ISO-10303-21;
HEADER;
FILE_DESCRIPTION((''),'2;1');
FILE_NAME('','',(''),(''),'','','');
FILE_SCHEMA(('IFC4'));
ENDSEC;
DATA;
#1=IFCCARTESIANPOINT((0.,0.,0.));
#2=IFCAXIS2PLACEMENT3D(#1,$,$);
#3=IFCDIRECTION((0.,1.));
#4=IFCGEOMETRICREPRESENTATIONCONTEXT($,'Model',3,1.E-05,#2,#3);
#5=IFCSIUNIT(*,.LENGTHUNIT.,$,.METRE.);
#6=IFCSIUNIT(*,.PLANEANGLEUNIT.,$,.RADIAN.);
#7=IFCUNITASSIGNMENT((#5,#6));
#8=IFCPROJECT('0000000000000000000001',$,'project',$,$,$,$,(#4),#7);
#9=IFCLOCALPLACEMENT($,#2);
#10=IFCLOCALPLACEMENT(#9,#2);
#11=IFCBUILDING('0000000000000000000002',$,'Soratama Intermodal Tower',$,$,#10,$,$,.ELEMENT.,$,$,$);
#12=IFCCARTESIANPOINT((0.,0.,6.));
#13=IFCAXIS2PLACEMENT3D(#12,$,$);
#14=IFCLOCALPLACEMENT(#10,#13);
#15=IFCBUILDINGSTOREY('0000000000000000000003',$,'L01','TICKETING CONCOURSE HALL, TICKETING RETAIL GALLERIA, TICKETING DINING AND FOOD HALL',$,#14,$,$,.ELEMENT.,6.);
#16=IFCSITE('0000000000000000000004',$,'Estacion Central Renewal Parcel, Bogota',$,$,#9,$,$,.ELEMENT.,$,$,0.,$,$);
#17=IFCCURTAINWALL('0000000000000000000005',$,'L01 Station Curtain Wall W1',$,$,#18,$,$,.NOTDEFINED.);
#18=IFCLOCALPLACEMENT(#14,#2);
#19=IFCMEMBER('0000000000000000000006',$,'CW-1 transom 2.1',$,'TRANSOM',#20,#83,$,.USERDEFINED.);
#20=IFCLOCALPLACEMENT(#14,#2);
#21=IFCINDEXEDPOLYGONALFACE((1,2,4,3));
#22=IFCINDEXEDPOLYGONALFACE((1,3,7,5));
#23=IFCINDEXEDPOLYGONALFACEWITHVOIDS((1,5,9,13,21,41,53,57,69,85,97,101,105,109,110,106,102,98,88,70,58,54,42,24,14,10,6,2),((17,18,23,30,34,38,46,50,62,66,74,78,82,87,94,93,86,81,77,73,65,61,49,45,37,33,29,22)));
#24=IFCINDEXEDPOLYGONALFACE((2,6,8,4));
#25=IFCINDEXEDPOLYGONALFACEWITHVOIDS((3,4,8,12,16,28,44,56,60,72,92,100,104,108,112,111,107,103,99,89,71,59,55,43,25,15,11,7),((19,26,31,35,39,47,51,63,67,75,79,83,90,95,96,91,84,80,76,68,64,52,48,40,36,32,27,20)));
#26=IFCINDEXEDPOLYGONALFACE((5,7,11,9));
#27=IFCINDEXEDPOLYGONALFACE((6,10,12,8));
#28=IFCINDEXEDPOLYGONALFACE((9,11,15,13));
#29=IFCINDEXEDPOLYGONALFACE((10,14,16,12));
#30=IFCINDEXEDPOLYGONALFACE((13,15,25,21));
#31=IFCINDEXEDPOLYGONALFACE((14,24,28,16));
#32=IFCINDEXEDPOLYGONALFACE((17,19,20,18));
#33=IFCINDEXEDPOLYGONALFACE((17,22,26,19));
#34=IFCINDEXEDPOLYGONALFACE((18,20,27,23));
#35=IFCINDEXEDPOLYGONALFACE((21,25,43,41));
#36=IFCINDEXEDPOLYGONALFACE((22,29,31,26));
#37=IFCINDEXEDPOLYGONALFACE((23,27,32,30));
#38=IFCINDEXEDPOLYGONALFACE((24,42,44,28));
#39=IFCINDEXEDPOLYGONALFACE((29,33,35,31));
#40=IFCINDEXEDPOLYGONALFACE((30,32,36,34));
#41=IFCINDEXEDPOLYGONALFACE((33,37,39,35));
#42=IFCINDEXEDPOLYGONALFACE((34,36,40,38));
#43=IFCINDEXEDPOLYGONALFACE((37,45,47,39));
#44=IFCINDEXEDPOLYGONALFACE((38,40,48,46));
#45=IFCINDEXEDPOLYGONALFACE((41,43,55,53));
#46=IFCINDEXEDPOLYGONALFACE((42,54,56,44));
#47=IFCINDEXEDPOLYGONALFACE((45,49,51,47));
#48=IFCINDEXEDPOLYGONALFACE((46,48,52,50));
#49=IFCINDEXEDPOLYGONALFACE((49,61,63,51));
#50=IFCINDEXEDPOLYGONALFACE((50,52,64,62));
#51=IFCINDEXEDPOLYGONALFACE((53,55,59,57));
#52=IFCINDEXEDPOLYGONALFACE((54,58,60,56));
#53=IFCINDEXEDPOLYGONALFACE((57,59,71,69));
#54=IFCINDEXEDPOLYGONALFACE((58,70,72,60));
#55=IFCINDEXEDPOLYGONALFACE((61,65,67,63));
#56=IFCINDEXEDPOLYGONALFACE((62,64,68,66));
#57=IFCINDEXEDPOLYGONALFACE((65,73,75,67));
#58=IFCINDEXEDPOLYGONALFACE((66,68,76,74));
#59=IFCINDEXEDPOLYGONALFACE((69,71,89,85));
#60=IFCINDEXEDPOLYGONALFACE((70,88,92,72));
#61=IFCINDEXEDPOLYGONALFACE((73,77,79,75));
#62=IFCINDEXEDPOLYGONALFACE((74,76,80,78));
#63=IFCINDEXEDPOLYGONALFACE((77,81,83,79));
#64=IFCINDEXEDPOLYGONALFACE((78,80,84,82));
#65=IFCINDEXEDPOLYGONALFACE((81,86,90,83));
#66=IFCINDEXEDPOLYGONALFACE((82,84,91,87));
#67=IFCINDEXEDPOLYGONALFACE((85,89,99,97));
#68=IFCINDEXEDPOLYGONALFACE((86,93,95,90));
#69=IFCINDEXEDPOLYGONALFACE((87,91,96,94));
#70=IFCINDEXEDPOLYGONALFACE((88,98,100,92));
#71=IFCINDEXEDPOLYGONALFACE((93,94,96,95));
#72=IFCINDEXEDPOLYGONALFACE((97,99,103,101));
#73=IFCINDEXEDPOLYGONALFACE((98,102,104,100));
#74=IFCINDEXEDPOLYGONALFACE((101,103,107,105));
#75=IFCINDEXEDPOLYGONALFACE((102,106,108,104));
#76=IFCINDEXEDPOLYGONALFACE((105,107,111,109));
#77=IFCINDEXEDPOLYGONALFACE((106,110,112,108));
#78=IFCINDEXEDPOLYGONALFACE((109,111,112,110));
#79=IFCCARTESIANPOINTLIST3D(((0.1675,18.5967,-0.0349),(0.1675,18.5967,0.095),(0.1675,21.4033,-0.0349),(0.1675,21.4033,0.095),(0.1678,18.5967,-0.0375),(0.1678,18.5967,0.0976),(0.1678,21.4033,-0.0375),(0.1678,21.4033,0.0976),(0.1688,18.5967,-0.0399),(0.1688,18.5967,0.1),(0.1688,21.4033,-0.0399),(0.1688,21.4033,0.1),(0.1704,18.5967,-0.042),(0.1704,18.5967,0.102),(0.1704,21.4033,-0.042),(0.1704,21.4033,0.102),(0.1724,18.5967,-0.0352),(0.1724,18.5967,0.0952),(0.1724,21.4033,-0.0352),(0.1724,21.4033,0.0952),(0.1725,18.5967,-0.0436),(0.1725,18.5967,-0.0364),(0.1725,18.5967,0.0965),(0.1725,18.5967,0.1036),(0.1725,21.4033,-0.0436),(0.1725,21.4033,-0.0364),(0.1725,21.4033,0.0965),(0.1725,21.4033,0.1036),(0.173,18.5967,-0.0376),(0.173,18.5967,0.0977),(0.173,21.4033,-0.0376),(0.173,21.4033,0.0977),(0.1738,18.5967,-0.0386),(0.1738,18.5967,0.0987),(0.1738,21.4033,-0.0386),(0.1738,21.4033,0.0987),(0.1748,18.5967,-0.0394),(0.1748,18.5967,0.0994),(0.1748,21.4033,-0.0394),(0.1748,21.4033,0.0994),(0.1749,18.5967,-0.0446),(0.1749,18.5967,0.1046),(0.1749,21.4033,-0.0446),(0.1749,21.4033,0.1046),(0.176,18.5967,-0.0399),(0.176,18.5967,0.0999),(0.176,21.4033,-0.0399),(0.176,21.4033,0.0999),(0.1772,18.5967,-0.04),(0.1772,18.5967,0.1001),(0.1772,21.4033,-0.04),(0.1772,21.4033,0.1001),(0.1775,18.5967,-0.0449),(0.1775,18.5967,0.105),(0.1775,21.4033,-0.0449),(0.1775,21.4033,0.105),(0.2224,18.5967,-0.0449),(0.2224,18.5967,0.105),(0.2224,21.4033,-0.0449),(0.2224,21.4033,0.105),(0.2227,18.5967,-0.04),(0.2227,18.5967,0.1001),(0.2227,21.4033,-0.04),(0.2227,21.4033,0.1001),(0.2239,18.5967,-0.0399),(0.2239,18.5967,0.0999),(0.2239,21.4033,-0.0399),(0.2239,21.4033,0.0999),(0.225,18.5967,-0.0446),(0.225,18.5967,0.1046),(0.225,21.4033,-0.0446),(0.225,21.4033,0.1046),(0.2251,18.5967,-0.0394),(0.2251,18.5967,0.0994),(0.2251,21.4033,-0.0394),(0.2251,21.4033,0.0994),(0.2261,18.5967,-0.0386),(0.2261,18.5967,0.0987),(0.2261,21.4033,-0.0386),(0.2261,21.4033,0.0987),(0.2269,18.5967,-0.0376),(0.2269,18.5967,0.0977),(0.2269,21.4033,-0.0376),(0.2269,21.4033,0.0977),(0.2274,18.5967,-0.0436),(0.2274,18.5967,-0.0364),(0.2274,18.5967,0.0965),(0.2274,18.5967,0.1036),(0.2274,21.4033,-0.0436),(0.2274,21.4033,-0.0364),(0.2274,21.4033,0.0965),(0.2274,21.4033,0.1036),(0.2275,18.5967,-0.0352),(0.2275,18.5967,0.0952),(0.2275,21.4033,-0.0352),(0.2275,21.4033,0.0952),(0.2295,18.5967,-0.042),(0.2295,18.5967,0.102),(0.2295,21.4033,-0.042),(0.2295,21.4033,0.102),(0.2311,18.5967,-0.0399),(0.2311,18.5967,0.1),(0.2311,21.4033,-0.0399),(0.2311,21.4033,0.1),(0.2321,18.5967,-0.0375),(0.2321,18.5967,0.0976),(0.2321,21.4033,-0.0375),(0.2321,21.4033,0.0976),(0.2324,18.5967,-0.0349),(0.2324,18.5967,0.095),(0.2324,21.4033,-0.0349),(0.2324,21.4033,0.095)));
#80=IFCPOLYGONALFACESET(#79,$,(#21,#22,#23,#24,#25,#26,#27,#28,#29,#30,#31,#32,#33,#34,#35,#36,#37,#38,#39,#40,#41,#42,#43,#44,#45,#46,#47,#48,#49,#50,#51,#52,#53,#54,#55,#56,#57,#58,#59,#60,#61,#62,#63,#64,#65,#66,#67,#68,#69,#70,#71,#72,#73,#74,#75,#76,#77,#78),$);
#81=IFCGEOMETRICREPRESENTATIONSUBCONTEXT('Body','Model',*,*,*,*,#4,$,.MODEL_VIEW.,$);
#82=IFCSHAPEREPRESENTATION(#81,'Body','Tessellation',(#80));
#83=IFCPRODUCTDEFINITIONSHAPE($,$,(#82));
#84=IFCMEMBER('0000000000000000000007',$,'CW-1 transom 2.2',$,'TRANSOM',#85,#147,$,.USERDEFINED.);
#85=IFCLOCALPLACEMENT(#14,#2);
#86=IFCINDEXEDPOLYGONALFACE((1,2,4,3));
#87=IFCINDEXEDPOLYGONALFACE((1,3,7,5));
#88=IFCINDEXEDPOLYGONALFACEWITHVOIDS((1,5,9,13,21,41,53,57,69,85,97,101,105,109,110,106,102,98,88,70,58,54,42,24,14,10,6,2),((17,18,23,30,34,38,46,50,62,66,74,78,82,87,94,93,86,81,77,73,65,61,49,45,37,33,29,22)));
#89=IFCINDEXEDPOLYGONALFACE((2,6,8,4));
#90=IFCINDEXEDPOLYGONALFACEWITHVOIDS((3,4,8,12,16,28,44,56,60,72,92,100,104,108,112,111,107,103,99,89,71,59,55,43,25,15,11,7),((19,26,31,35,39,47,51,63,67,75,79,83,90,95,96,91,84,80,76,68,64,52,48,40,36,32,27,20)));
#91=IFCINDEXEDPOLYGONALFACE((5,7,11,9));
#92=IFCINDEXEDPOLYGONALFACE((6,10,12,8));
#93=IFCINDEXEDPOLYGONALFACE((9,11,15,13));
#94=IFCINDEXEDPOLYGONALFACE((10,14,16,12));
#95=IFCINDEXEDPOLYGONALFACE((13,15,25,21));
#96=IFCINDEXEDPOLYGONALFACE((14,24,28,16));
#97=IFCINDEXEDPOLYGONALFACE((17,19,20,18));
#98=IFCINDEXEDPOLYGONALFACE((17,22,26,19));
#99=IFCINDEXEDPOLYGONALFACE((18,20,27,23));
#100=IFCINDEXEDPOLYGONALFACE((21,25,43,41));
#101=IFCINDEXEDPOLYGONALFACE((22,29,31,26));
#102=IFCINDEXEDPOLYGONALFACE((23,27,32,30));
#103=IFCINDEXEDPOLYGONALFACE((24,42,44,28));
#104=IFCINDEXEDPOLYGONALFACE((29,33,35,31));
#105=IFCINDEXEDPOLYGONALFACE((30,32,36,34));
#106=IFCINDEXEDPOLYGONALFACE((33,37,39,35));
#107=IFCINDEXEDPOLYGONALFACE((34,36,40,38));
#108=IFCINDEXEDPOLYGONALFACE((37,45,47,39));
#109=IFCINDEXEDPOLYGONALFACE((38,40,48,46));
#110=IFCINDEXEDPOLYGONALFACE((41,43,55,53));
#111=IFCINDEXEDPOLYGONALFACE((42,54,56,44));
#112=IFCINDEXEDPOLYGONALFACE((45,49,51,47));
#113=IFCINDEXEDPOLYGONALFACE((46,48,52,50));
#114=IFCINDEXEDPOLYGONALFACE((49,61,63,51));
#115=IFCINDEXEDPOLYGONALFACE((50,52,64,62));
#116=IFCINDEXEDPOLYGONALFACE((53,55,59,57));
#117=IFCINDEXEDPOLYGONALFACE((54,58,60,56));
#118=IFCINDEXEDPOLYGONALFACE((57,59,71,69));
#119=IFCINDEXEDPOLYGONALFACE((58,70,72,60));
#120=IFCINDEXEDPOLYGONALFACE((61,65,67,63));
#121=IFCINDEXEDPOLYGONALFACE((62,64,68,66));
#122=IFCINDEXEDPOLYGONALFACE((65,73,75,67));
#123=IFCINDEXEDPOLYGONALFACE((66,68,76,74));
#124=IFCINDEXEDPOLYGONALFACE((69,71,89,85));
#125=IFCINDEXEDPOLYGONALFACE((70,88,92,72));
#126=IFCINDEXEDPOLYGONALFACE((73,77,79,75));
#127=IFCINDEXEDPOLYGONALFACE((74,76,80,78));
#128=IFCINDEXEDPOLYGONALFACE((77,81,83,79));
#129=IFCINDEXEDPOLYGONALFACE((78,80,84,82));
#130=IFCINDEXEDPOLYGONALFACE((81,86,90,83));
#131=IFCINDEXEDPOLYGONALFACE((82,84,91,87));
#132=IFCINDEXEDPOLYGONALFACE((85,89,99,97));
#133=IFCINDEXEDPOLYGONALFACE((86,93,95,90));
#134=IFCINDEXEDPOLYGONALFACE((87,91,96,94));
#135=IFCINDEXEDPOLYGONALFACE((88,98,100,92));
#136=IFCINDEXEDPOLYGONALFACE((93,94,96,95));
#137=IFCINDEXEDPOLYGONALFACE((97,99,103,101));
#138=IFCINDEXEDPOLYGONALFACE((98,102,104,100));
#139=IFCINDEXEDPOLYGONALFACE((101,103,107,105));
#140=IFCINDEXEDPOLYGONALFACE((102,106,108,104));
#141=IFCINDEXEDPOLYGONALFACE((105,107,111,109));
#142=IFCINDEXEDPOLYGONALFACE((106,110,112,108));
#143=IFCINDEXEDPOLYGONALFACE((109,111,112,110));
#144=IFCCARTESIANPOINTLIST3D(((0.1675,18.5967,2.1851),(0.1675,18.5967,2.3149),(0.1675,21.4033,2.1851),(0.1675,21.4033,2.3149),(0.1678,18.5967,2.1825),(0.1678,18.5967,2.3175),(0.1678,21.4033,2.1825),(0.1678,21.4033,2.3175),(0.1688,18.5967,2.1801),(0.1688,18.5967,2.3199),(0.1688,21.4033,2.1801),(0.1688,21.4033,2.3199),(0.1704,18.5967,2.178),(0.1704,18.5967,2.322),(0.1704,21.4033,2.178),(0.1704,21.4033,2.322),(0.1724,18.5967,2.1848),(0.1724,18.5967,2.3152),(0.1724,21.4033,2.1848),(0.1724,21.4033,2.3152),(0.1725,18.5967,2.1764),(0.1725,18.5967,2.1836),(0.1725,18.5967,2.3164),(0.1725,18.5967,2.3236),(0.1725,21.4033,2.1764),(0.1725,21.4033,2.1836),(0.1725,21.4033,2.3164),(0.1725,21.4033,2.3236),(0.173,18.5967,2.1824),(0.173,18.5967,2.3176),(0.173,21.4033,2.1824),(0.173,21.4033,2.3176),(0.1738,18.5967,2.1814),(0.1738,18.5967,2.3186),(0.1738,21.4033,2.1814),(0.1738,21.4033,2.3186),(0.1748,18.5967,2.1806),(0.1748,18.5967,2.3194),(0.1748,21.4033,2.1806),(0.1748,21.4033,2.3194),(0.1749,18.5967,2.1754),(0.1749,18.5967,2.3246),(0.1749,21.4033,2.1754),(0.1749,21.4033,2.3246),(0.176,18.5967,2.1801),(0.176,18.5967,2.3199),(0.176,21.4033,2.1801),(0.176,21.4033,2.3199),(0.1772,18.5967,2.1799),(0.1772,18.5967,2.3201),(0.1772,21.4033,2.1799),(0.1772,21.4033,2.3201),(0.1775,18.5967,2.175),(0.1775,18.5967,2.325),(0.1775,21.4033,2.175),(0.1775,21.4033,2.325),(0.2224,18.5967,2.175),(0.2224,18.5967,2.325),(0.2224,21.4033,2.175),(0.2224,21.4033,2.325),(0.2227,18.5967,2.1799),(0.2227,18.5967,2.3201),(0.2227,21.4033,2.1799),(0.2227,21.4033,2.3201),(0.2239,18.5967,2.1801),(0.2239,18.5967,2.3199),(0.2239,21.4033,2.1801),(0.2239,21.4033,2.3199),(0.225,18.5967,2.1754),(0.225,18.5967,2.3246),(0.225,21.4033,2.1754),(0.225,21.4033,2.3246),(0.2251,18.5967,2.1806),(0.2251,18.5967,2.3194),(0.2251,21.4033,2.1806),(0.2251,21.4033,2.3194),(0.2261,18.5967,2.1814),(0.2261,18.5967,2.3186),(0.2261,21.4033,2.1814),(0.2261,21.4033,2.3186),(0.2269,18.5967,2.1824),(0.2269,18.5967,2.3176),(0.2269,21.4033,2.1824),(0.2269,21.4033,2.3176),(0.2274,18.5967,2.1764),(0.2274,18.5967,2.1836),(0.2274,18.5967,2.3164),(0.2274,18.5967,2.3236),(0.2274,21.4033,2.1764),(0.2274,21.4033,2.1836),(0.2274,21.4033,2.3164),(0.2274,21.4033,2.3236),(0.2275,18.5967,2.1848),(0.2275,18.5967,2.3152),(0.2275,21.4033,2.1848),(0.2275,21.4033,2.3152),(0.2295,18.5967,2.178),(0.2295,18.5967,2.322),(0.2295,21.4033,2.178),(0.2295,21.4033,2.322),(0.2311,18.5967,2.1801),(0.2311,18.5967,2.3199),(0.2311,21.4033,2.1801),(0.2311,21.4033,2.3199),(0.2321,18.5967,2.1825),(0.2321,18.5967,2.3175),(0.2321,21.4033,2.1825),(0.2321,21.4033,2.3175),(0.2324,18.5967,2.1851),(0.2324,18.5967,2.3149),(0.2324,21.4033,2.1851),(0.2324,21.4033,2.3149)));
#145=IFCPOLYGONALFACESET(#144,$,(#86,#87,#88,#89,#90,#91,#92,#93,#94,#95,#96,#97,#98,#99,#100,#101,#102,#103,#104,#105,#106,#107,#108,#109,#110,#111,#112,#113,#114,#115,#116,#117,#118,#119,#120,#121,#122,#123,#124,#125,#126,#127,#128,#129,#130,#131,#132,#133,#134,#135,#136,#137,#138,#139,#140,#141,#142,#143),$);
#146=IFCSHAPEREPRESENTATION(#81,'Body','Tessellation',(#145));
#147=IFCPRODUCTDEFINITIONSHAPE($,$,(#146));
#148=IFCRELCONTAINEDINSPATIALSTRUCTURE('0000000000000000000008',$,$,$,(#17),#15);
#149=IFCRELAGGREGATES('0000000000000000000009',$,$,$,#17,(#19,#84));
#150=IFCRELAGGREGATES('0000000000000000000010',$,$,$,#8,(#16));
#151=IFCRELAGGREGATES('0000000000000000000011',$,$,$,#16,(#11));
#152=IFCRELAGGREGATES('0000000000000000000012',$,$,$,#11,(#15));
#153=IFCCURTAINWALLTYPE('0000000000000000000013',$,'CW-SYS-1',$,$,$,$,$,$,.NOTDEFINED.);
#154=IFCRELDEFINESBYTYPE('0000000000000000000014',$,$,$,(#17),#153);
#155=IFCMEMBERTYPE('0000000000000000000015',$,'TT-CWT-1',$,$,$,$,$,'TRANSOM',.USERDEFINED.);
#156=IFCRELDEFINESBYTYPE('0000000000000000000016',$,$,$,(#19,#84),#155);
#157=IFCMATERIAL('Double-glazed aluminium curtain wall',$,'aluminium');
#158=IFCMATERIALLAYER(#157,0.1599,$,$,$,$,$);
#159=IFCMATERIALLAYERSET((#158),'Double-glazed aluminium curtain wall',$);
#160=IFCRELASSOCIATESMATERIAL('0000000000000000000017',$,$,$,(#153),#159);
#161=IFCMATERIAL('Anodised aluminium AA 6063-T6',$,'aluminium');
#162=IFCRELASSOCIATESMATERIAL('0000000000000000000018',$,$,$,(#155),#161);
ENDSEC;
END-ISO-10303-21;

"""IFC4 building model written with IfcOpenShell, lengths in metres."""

from ifc_helpers import new_model, si_unit, direction, frame, origin, origin_2d, place, context, subcontext, project, spatial, hollow_rectangle, extrude, material, layer, layer_set, material_profile, profile_set, type_object, element, aggregate, save


model = new_model("IFC4")

# Units and contexts
model_context = context("Model", 3, precision=1e-05, world=origin(), true_north=direction((0.0, 1.0)))
body_context = subcontext(model_context, "Body", "Model", "MODEL_VIEW")
ifc_project = project(units=[si_unit("LENGTHUNIT", "METRE"), si_unit("PLANEANGLEUNIT", "RADIAN")], contexts=[model_context])

# Site, building, storey
site_placement = place(None, origin())
site = spatial("IfcSite", under=ifc_project, at=site_placement, Name="Estacion Central Renewal Parcel, Bogota", CompositionType="ELEMENT", RefElevation=0.0)
building_placement = place(site_placement, origin())
building = spatial("IfcBuilding", under=site, at=building_placement, Name="Soratama Intermodal Tower", CompositionType="ELEMENT")
storey_placement = place(building_placement, frame((0.0, 0.0, 6.0)))
storey = spatial("IfcBuildingStorey", under=building, at=storey_placement, Name="L01", Description="TICKETING CONCOURSE HALL, TICKETING RETAIL GALLERIA, TICKETING DINING AND FOOD HALL", CompositionType="ELEMENT", Elevation=6.0)

# Curtain wall, members
ifc_material_1 = material(Name="Double-glazed aluminium curtain wall", Category="aluminium")
ifc_layer_1 = layer(ifc_material_1, 0.1599)
ifc_layer_set_1 = layer_set([ifc_layer_1], Name="Double-glazed aluminium curtain wall")
curtain_wall_type = type_object("IfcCurtainWallType", Name="CW-SYS-1", PredefinedType="NOTDEFINED", material=ifc_layer_set_1)
curtain_wall_placement = place(storey_placement, origin())
curtain_wall = element("IfcCurtainWall", 1, at=curtain_wall_placement, inside=storey, type_object=curtain_wall_type, Name="L01 Station Curtain Wall W1", PredefinedType="NOTDEFINED")
ifc_material_2 = material(Name="Anodised aluminium AA 6063-T6", Category="aluminium")
ifc_material_profile_1 = material_profile(ifc_material_2, hollow_rectangle(XDim=0.0649, YDim=0.1499, WallThickness=0.0049, InnerFilletRadius=0.0049, OuterFilletRadius=0.01, at=origin_2d()), Name="CWT150X65X5")
ifc_profile_set_1 = profile_set([ifc_material_profile_1], Name="Anodised aluminium AA 6063-T6")
member_type_1 = type_object("IfcMemberType", Name="TT-CWT-1", ElementType="TRANSOM", PredefinedType="USERDEFINED", material=ifc_profile_set_1)
member_1_placement = place(storey_placement, frame((0.2, 18.5967, 0.03), z_axis=(0.0, 1.0, 0.0), x_axis=(-1.0, 0.0, 0.0)))
member_1 = element("IfcMember", 2, at=member_1_placement, type_object=member_type_1, Name="CW-1 transom 2.1", ObjectType="TRANSOM", PredefinedType="USERDEFINED", context=body_context, shape_type="SweptSolid", body=[
    extrude(hollow_rectangle(XDim=0.0649, YDim=0.1499, WallThickness=0.0049, InnerFilletRadius=0.0049, OuterFilletRadius=0.01, at=origin_2d()), origin(), (0.0, 0.0, 1.0), 2.8066),
])
member_2_placement = place(storey_placement, frame((0.2, 18.5967, 2.25), z_axis=(0.0, 1.0, 0.0), x_axis=(-1.0, 0.0, 0.0)))
member_2 = element("IfcMember", 3, at=member_2_placement, type_object=member_type_1, Name="CW-1 transom 2.2", ObjectType="TRANSOM", PredefinedType="USERDEFINED", context=body_context, shape_type="SweptSolid", body=[
    extrude(hollow_rectangle(XDim=0.0649, YDim=0.1499, WallThickness=0.0049, InnerFilletRadius=0.0049, OuterFilletRadius=0.01, at=origin_2d()), origin(), (0.0, 0.0, 1.0), 2.8066),
])
aggregate(curtain_wall, [member_1, member_2])

save(model, "model.ifc")
